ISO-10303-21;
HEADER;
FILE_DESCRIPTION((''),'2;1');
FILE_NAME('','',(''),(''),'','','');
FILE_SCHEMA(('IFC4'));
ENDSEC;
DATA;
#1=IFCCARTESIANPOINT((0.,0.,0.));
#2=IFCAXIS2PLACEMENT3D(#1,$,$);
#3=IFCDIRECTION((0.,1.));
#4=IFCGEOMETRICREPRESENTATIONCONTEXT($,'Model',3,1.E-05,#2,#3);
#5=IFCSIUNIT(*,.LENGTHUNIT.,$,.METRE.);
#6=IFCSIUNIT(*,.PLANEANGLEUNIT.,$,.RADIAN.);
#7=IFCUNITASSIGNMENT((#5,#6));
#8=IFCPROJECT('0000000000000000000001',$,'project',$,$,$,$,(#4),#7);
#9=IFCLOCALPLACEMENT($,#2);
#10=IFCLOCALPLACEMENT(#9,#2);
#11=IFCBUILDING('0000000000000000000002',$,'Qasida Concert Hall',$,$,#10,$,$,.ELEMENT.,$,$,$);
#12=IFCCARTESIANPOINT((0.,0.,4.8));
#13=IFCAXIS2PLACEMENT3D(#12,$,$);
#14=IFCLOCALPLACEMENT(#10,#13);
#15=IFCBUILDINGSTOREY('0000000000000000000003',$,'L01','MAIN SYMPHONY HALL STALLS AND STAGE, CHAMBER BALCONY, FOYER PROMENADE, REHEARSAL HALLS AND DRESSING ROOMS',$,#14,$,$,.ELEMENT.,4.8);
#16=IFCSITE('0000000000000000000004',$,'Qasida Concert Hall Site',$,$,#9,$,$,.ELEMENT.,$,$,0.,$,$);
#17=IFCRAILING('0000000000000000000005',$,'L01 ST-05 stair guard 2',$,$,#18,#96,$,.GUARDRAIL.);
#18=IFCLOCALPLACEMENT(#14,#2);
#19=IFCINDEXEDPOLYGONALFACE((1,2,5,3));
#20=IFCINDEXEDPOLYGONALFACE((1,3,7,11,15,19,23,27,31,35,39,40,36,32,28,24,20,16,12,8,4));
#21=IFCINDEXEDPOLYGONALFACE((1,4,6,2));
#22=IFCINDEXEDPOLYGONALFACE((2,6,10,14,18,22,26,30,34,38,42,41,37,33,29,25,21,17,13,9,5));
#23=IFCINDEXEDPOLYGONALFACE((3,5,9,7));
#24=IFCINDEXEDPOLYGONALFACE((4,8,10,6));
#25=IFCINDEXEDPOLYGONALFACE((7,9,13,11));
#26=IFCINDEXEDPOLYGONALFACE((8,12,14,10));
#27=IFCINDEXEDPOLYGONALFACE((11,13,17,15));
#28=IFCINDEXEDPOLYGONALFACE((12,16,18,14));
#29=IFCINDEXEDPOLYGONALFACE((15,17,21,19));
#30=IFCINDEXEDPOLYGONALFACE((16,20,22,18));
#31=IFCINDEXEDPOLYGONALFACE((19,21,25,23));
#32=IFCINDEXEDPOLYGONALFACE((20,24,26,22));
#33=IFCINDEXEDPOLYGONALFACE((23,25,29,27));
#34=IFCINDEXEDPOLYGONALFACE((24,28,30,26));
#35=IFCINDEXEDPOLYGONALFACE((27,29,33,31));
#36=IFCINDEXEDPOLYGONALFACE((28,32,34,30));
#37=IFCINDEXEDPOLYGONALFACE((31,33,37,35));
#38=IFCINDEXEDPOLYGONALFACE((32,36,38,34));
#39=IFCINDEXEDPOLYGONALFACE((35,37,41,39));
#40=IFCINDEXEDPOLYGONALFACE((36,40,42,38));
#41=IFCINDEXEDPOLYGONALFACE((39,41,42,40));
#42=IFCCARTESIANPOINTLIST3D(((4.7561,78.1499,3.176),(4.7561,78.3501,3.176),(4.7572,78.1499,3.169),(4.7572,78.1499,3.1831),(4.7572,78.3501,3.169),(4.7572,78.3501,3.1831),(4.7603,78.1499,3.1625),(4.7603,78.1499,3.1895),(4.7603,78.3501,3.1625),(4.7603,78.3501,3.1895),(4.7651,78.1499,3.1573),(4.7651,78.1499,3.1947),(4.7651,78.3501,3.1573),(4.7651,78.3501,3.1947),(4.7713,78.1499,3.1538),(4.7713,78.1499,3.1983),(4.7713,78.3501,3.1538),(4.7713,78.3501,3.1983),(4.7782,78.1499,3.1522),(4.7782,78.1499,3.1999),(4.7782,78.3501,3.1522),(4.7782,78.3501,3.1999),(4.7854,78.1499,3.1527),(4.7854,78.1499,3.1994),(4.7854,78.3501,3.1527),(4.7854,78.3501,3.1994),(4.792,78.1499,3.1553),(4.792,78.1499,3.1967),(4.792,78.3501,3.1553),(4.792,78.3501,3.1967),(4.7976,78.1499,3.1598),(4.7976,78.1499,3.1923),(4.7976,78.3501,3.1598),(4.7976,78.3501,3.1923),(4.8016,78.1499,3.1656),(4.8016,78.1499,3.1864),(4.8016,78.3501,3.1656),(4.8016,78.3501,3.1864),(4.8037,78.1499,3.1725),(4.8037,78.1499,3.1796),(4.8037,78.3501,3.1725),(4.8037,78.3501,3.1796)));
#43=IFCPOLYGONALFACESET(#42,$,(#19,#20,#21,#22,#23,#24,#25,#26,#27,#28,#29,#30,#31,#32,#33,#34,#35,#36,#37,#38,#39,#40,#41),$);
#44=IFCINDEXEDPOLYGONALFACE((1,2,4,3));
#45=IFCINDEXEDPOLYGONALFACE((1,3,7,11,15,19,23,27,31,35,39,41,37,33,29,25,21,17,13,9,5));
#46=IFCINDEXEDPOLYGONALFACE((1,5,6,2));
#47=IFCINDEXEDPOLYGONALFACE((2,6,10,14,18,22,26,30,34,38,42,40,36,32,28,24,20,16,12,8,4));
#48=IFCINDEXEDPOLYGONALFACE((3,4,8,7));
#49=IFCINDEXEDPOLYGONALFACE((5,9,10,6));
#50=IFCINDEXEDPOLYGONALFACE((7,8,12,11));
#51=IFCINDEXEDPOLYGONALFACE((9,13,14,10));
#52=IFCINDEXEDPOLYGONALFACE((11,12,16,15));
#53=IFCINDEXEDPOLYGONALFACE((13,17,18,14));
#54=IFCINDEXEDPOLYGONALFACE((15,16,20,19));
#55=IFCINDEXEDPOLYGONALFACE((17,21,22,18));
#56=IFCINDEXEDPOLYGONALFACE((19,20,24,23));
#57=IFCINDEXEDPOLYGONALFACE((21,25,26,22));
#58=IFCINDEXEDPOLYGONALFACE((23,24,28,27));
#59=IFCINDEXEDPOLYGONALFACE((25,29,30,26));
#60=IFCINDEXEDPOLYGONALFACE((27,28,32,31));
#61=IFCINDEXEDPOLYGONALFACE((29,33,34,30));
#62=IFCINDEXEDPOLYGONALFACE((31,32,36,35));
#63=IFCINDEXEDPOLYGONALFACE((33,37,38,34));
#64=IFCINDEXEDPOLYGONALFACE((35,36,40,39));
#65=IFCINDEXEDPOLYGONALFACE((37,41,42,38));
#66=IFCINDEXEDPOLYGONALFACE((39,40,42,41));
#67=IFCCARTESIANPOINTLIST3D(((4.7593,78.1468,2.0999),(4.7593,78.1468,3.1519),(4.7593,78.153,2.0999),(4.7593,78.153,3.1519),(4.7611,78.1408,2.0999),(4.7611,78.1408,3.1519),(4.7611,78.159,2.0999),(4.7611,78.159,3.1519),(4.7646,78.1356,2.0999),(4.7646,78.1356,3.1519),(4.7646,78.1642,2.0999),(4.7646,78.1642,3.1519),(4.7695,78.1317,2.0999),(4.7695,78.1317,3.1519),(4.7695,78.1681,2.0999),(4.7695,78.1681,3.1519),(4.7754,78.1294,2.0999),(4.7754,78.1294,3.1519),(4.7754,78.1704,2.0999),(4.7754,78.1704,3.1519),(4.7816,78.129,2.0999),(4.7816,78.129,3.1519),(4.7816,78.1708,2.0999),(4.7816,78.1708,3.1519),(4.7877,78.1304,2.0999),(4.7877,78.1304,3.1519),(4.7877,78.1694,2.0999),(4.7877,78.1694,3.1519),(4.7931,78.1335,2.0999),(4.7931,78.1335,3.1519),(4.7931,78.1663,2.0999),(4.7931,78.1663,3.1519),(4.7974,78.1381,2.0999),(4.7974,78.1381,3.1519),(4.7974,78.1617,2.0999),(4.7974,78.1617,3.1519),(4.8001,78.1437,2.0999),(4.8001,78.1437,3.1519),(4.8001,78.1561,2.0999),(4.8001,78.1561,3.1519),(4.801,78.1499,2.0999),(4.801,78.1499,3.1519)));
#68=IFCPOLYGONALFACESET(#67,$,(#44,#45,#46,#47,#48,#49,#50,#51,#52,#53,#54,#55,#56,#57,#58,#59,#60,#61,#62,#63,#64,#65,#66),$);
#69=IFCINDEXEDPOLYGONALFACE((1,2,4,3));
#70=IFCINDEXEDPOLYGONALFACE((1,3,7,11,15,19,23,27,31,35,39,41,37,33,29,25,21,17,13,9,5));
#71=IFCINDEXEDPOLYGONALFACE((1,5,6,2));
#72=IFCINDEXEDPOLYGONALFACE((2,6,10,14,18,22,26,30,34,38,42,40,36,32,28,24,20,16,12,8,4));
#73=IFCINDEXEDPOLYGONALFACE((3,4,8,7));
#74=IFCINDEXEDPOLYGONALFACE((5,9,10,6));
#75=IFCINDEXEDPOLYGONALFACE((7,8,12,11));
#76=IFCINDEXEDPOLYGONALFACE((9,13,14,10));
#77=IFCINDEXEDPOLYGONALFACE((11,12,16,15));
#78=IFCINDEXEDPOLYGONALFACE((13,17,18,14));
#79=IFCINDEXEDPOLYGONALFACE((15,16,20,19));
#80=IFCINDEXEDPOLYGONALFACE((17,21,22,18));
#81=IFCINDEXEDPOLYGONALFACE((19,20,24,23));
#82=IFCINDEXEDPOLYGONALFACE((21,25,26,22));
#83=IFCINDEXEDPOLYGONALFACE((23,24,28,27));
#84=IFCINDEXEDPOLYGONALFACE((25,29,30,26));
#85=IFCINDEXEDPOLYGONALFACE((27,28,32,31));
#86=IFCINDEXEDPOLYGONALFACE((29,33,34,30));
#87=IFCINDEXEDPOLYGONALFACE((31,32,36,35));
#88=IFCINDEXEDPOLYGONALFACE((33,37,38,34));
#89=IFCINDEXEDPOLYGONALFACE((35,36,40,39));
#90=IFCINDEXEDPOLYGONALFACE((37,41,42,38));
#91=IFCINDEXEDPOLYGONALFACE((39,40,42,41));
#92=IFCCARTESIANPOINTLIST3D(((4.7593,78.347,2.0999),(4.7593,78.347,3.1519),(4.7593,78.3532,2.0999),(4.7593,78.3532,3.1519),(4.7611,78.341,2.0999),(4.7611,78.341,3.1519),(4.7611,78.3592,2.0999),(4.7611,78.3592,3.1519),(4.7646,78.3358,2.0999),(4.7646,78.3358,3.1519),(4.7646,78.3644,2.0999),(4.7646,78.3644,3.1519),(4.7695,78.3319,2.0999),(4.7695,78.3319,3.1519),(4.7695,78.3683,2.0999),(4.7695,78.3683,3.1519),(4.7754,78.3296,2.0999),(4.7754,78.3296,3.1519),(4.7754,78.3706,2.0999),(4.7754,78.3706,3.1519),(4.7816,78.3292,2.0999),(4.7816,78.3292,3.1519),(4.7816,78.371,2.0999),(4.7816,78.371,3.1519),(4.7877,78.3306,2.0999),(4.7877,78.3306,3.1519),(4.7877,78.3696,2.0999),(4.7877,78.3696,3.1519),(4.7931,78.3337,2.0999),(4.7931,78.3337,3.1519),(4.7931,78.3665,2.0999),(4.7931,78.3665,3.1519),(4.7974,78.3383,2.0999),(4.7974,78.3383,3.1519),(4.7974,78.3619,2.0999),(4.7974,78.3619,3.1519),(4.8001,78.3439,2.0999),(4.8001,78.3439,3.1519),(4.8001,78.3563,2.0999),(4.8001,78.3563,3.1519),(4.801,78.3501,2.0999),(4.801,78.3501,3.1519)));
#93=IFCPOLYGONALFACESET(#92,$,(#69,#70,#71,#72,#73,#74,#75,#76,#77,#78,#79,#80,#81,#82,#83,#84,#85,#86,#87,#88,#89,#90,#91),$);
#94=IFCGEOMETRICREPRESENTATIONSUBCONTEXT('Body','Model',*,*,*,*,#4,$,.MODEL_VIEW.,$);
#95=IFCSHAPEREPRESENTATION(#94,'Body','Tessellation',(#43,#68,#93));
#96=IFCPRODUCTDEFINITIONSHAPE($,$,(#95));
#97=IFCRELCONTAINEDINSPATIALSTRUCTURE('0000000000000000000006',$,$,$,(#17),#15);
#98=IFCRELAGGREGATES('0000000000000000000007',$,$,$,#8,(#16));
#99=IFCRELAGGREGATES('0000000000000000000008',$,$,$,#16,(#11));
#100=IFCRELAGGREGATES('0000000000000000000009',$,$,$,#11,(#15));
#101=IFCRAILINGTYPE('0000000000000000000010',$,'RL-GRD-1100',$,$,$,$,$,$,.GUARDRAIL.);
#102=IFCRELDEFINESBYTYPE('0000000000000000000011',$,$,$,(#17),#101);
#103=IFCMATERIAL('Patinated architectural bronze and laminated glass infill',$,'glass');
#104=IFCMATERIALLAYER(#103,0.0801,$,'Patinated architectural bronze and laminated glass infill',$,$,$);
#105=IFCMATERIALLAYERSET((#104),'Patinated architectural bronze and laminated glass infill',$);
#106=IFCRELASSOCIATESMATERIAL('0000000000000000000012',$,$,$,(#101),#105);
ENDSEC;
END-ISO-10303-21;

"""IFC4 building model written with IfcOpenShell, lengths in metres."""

from ifc_helpers import new_model, si_unit, direction, frame, origin, origin_2d, place, context, subcontext, project, spatial, circle, extrude, material, layer, layer_set, type_object, element, save


model = new_model("IFC4")

# Units and contexts
model_context = context("Model", 3, precision=1e-05, world=origin(), true_north=direction((0.0, 1.0)))
body_context = subcontext(model_context, "Body", "Model", "MODEL_VIEW")
ifc_project = project(units=[si_unit("LENGTHUNIT", "METRE"), si_unit("PLANEANGLEUNIT", "RADIAN")], contexts=[model_context])

# Site, building, storey
site_placement = place(None, origin())
site = spatial("IfcSite", under=ifc_project, at=site_placement, Name="Qasida Concert Hall Site", CompositionType="ELEMENT", RefElevation=0.0)
building_placement = place(site_placement, origin())
building = spatial("IfcBuilding", under=site, at=building_placement, Name="Qasida Concert Hall", CompositionType="ELEMENT")
storey_placement = place(building_placement, frame((0.0, 0.0, 4.8)))
storey = spatial("IfcBuildingStorey", under=building, at=storey_placement, Name="L01", Description="MAIN SYMPHONY HALL STALLS AND STAGE, CHAMBER BALCONY, FOYER PROMENADE, REHEARSAL HALLS AND DRESSING ROOMS", CompositionType="ELEMENT", Elevation=4.8)

# Railing
ifc_material_1 = material(Name="Patinated architectural bronze and laminated glass infill", Category="glass")
ifc_layer_1 = layer(ifc_material_1, 0.0801, Name="Patinated architectural bronze and laminated glass infill")
ifc_layer_set_1 = layer_set([ifc_layer_1], Name="Patinated architectural bronze and laminated glass infill")
railing_type_1 = type_object("IfcRailingType", Name="RL-GRD-1100", PredefinedType="GUARDRAIL", material=ifc_layer_set_1)
railing_1_placement = place(storey_placement, frame((4.78, 78.1499, 2.0999)))
element("IfcRailing", 1, at=railing_1_placement, inside=storey, type_object=railing_type_1, Name="L01 ST-05 stair guard 2", PredefinedType="GUARDRAIL", context=body_context, shape_type="SweptSolid", body=[
    extrude(circle(Radius=0.0239, at=origin_2d()), frame((0.0, 0.0, 1.0762), z_axis=(0.0, 1.0, 0.0), x_axis=(-1.0, 0.0, 0.0)), (0.0, 0.0, 1.0), 0.2002),
    extrude(circle(Radius=0.021, at=origin_2d()), origin(), (0.0, 0.0, 1.0), 1.052),
    extrude(circle(Radius=0.021, at=origin_2d()), frame((0.0, 0.2002, 0.0)), (0.0, 0.0, 1.0), 1.052),
])

save(model, "model.ifc")
